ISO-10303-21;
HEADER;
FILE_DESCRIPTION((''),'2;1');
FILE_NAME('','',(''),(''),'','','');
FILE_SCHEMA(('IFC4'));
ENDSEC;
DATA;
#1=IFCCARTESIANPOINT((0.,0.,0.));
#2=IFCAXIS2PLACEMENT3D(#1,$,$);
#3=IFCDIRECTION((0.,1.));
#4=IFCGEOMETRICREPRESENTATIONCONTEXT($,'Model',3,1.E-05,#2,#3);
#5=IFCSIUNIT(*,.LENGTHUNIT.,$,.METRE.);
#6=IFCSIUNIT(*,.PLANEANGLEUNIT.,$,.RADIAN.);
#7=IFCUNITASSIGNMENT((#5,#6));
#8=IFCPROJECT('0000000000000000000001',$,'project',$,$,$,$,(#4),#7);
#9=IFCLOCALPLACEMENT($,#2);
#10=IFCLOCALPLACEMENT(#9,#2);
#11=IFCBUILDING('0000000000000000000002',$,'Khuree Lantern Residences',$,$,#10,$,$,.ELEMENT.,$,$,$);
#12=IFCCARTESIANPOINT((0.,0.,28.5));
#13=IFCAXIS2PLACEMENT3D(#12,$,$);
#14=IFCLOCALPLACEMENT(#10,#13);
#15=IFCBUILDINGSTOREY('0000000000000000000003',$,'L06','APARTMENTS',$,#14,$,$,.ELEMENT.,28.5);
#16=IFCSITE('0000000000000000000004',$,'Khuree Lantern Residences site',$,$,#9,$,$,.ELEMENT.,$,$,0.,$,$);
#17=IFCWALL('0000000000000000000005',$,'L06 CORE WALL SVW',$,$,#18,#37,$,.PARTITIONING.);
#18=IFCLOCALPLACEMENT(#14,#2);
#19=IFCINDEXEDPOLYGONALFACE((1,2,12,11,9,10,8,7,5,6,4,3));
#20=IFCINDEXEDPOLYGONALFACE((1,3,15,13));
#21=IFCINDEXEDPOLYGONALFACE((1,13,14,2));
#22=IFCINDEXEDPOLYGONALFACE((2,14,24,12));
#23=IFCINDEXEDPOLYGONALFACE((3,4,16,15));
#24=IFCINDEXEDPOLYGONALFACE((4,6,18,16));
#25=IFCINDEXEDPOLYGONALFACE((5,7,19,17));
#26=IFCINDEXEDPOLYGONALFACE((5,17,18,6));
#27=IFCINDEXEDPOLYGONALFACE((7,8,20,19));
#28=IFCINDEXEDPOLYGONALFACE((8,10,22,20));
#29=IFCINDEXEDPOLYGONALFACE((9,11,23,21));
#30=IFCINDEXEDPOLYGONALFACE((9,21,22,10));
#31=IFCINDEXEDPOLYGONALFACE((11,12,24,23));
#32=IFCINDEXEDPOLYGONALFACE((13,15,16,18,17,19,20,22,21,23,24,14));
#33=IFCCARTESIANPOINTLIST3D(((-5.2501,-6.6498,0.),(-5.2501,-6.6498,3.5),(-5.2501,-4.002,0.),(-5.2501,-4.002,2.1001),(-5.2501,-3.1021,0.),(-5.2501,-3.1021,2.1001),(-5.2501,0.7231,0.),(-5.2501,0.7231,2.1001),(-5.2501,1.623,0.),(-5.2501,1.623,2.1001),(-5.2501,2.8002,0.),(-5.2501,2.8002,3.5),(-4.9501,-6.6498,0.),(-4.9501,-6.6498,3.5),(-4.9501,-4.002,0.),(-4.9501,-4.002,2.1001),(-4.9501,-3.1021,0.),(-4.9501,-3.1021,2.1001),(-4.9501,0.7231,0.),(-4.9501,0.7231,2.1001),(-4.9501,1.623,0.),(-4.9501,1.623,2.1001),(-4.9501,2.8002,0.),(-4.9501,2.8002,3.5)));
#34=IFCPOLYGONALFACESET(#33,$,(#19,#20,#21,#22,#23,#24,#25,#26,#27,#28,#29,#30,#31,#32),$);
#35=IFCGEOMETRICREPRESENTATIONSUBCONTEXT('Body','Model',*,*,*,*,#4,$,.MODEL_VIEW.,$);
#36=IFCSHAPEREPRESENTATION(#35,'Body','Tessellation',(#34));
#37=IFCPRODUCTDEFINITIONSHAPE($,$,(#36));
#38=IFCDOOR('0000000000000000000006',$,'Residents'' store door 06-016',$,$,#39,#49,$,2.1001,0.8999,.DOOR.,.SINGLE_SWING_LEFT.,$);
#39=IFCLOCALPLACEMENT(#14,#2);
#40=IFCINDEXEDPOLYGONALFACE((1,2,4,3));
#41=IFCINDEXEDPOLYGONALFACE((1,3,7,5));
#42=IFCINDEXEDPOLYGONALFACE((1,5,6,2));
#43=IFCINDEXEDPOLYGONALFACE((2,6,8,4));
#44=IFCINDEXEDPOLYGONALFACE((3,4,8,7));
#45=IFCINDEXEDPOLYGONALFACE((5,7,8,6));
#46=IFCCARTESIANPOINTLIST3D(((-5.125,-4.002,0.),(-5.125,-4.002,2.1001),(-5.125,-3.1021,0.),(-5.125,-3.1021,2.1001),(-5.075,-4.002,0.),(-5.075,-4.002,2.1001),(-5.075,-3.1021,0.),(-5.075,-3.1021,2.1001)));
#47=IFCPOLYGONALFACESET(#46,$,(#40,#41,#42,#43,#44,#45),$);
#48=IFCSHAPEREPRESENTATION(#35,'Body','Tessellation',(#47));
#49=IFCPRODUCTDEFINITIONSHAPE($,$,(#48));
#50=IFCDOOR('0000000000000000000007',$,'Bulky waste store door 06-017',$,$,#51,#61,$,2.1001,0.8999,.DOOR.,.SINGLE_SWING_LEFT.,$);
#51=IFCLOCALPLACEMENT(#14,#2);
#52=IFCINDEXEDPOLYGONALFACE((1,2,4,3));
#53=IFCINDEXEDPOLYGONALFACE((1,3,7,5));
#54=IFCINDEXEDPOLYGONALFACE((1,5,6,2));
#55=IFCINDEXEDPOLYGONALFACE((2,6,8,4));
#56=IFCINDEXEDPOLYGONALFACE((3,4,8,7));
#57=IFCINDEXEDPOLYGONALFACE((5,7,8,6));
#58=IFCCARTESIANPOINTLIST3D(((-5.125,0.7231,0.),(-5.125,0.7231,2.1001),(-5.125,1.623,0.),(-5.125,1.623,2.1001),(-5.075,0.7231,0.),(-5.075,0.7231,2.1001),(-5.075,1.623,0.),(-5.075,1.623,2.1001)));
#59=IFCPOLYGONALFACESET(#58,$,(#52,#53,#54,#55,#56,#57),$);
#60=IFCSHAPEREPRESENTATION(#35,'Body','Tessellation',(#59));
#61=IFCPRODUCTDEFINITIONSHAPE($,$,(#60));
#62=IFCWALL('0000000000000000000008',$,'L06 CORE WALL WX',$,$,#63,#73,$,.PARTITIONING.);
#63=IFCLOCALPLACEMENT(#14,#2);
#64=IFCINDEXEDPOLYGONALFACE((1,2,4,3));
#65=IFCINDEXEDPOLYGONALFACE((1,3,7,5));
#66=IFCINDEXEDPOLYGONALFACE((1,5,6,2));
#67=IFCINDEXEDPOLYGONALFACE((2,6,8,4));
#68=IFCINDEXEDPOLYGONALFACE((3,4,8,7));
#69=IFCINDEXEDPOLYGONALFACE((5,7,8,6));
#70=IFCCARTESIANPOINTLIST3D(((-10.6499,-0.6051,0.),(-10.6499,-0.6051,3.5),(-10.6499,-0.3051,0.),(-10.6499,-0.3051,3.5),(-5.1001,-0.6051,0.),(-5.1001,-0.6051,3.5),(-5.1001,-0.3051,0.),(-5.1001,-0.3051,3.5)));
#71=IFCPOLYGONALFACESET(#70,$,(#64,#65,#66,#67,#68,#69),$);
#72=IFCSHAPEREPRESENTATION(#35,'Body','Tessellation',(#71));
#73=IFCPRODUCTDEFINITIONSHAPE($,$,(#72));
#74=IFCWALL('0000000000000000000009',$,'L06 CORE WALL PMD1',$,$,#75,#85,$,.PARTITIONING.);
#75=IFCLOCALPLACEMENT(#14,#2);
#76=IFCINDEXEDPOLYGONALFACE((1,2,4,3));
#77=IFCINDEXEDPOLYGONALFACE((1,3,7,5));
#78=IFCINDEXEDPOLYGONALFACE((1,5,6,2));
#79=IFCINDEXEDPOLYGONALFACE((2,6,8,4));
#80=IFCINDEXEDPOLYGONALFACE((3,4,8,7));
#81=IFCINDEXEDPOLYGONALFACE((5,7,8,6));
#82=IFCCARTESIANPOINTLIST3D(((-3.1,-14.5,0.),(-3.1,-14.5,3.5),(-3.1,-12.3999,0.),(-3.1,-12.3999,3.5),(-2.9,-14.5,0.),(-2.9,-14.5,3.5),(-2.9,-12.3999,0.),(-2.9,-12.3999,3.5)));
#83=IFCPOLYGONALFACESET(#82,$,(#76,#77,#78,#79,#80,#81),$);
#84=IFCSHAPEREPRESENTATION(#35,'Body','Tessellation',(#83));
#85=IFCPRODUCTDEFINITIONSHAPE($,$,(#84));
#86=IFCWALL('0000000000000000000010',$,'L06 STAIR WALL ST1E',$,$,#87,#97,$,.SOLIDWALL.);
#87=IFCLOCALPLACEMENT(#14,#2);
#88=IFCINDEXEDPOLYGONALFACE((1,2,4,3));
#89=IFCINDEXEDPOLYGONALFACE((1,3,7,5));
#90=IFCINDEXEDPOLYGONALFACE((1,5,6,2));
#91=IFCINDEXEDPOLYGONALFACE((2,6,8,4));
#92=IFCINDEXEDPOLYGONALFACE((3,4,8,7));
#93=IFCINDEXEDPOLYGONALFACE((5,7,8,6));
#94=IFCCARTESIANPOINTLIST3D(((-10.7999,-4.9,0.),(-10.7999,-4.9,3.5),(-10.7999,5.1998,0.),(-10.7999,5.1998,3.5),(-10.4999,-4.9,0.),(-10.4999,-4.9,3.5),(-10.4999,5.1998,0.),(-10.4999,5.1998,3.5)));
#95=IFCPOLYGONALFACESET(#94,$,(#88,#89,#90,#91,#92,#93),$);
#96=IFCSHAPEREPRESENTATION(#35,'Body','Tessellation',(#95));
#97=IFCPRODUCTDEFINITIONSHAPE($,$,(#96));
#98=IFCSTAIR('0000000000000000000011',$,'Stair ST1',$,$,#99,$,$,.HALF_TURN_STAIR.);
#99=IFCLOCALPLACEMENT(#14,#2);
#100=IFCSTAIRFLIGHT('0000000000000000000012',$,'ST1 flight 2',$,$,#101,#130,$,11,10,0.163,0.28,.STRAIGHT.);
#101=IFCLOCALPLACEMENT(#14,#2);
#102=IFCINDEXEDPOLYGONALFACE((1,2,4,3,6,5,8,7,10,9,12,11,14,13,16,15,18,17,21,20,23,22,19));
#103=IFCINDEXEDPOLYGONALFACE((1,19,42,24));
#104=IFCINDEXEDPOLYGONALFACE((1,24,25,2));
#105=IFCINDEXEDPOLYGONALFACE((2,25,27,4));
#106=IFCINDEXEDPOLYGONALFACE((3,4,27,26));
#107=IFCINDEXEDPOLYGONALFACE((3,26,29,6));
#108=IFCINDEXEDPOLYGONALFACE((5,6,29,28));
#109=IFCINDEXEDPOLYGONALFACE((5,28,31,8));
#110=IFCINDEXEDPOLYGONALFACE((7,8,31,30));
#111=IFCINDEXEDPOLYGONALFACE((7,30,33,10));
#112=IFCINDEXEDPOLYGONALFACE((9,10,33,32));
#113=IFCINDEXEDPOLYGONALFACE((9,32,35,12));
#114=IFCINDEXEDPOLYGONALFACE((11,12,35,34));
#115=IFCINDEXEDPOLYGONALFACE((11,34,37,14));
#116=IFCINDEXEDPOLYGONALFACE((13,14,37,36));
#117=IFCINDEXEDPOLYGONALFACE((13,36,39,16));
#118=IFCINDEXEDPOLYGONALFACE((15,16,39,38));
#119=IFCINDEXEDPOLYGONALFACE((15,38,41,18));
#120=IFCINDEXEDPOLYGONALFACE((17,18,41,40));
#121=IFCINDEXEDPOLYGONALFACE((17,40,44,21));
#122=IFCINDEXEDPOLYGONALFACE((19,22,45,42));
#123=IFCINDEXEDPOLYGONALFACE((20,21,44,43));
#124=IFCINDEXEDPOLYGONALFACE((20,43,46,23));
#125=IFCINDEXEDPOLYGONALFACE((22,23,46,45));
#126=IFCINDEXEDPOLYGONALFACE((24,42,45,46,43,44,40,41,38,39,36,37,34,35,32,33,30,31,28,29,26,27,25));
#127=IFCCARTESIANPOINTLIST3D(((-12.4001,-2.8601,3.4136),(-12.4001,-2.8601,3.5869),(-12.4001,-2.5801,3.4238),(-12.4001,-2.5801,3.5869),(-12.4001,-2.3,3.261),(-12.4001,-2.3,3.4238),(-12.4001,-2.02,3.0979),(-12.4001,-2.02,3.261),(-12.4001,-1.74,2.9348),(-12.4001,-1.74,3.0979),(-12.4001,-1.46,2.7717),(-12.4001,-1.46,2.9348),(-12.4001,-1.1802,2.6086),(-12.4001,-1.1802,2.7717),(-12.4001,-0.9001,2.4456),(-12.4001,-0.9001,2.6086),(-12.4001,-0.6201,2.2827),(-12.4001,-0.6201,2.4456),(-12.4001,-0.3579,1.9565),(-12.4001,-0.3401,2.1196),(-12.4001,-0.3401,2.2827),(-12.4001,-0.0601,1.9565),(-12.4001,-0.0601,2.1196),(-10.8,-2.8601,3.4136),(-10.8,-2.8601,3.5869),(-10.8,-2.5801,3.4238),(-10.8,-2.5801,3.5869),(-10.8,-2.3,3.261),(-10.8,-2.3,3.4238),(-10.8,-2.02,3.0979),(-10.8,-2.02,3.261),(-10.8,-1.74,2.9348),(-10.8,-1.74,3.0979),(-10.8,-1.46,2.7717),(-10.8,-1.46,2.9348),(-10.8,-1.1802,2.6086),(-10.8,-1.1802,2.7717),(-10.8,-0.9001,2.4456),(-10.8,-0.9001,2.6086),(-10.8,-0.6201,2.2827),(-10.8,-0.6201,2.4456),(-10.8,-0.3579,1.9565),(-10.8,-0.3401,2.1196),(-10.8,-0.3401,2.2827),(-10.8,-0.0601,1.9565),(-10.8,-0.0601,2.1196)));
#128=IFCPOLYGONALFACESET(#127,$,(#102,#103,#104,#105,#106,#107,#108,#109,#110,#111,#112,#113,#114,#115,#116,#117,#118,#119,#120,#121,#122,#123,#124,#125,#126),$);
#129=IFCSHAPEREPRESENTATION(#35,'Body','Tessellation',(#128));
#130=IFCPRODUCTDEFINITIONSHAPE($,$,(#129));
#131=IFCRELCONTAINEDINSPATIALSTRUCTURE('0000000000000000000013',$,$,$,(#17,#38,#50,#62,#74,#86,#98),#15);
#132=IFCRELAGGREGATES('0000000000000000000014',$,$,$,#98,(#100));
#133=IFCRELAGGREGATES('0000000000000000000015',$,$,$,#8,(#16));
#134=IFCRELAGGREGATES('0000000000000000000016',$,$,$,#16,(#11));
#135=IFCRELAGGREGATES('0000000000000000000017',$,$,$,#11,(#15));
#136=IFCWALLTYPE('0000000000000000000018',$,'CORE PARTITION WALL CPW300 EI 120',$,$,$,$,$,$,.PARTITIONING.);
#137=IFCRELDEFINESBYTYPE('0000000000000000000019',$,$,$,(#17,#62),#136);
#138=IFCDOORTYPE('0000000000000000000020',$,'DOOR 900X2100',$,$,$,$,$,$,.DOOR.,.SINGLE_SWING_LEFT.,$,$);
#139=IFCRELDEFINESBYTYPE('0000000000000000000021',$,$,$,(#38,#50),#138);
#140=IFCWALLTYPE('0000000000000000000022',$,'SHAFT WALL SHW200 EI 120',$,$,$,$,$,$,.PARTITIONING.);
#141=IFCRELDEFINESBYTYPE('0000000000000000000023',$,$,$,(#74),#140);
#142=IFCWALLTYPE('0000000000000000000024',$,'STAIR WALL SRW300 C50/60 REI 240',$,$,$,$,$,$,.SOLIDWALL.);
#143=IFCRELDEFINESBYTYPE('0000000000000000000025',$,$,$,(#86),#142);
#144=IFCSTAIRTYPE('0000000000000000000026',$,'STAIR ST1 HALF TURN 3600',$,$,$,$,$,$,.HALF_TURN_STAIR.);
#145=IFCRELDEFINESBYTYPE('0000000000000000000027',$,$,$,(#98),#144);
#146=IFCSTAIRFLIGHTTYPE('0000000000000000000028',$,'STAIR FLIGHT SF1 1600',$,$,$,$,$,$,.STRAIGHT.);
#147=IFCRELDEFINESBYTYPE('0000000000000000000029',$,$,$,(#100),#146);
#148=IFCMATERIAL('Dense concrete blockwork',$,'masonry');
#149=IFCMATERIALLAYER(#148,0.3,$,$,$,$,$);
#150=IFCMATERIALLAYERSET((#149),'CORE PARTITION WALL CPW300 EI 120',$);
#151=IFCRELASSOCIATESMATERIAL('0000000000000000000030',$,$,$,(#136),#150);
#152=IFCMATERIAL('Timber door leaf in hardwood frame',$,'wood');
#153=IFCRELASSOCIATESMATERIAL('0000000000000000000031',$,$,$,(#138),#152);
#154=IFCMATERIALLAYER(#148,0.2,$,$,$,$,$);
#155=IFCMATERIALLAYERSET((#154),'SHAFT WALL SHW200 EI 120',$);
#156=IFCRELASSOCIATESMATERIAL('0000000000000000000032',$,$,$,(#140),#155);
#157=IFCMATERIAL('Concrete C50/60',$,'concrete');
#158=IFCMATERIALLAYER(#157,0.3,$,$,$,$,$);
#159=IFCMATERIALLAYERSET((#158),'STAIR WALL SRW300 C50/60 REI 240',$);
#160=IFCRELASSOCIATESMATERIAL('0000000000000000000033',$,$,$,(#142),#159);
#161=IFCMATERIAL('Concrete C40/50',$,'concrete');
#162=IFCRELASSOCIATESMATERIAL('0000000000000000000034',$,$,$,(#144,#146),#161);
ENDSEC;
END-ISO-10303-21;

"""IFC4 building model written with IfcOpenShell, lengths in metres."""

from ifc_helpers import new_model, si_unit, direction, frame, frame_2d, origin, place, context, subcontext, project, spatial, polyline, rectangle, outline, extrude, material, layer, layer_set, type_object, element, fill, aggregate, save


model = new_model("IFC4")

# Units and contexts
model_context = context("Model", 3, precision=1e-05, world=origin(), true_north=direction((0.0, 1.0)))
body_context = subcontext(model_context, "Body", "Model", "MODEL_VIEW")
ifc_project = project(units=[si_unit("LENGTHUNIT", "METRE"), si_unit("PLANEANGLEUNIT", "RADIAN")], contexts=[model_context])

# Site, building, storey
site_placement = place(None, origin())
site = spatial("IfcSite", under=ifc_project, at=site_placement, Name="Khuree Lantern Residences site", CompositionType="ELEMENT", RefElevation=0.0)
building_placement = place(site_placement, origin())
building = spatial("IfcBuilding", under=site, at=building_placement, Name="Khuree Lantern Residences", CompositionType="ELEMENT")
storey_placement = place(building_placement, frame((0.0, 0.0, 28.5)))
storey = spatial("IfcBuildingStorey", under=building, at=storey_placement, Name="L06", Description="APARTMENTS", CompositionType="ELEMENT", Elevation=28.5)

# Shared definitions
ifc_material_1 = material(Name="Dense concrete blockwork", Category="masonry")
ifc_layer_1 = layer(ifc_material_1, 0.3)
ifc_layer_set_1 = layer_set([ifc_layer_1], Name="CORE PARTITION WALL CPW300 EI 120")
wall_type_1 = type_object("IfcWallType", Name="CORE PARTITION WALL CPW300 EI 120", PredefinedType="PARTITIONING", material=ifc_layer_set_1)

# Wall, openings, doors
wall_1_placement = place(storey_placement, frame((-5.1001, -6.6499, 0.0), z_axis=(0.0, 0.0, 1.0), x_axis=(0.0, 1.0, 0.0)))
wall_1 = element("IfcWall", 1, at=wall_1_placement, inside=storey, type_object=wall_type_1, Name="L06 CORE WALL SVW", PredefinedType="PARTITIONING", context=body_context, shape_type="SweptSolid", body=[
    extrude(rectangle(XDim=9.45, YDim=0.3, at=frame_2d((4.7251, 0.0))), origin(), (0.0, 0.0, 1.0), 3.5),
])
opening_1_placement = place(wall_1_placement, frame((2.6479, 0.0, 0.0)))
opening_1 = element("IfcOpeningElement", 2, at=opening_1_placement, cuts=wall_1, PredefinedType="OPENING", context=body_context, shape_type="SweptSolid", body=[
    extrude(rectangle(XDim=0.8999, YDim=2.1001, at=frame_2d((0.45, 1.05))), frame((0.0, 0.1602, 0.0), z_axis=(0.0, -1.0, 0.0), x_axis=(1.0, 0.0, 0.0)), (0.0, 0.0, 1.0), 0.3201),
])
opening_2_placement = place(wall_1_placement, frame((7.373, 0.0, 0.0)))
opening_2 = element("IfcOpeningElement", 3, at=opening_2_placement, cuts=wall_1, PredefinedType="OPENING", context=body_context, shape_type="SweptSolid", body=[
    extrude(rectangle(XDim=0.8999, YDim=2.1001, at=frame_2d((0.45, 1.05))), frame((0.0, 0.1602, 0.0), z_axis=(0.0, -1.0, 0.0), x_axis=(1.0, 0.0, 0.0)), (0.0, 0.0, 1.0), 0.3201),
])
ifc_material_2 = material(Name="Timber door leaf in hardwood frame", Category="wood")
door_type_1 = type_object("IfcDoorType", Name="DOOR 900X2100", OperationType="SINGLE_SWING_LEFT", PredefinedType="DOOR", material=ifc_material_2)
door_1_placement = place(opening_1_placement, origin())
door_1 = element("IfcDoor", 4, at=door_1_placement, inside=storey, type_object=door_type_1, Name="Residents' store door 06-016", OperationType="SINGLE_SWING_LEFT", OverallHeight=2.1001, OverallWidth=0.8999, PredefinedType="DOOR", context=body_context, shape_type="SweptSolid", body=[
    extrude(rectangle(XDim=0.8999, YDim=2.1001, at=frame_2d((0.45, 1.05))), frame((0.0, 0.0249, 0.0), z_axis=(0.0, -1.0, 0.0), x_axis=(1.0, 0.0, 0.0)), (0.0, 0.0, 1.0), 0.05),
])
fill(opening_1, door_1)
door_2_placement = place(opening_2_placement, origin())
door_2 = element("IfcDoor", 5, at=door_2_placement, inside=storey, type_object=door_type_1, Name="Bulky waste store door 06-017", OperationType="SINGLE_SWING_LEFT", OverallHeight=2.1001, OverallWidth=0.8999, PredefinedType="DOOR", context=body_context, shape_type="SweptSolid", body=[
    extrude(rectangle(XDim=0.8999, YDim=2.1001, at=frame_2d((0.45, 1.05))), frame((0.0, 0.0249, 0.0), z_axis=(0.0, -1.0, 0.0), x_axis=(1.0, 0.0, 0.0)), (0.0, 0.0, 1.0), 0.05),
])
fill(opening_2, door_2)

# Walls
wall_2_placement = place(storey_placement, frame((-10.6499, -0.4551, 0.0), z_axis=(0.0, 0.0, 1.0), x_axis=(1.0, 0.0, 0.0)))
element("IfcWall", 6, at=wall_2_placement, inside=storey, type_object=wall_type_1, Name="L06 CORE WALL WX", PredefinedType="PARTITIONING", context=body_context, shape_type="SweptSolid", body=[
    extrude(rectangle(XDim=5.5498, YDim=0.3, at=frame_2d((2.7749, 0.0))), origin(), (0.0, 0.0, 1.0), 3.5),
])
ifc_layer_2 = layer(ifc_material_1, 0.2)
ifc_layer_set_2 = layer_set([ifc_layer_2], Name="SHAFT WALL SHW200 EI 120")
wall_type_2 = type_object("IfcWallType", Name="SHAFT WALL SHW200 EI 120", PredefinedType="PARTITIONING", material=ifc_layer_set_2)
wall_3_placement = place(storey_placement, frame((-3.0, -14.5, 0.0), z_axis=(0.0, 0.0, 1.0), x_axis=(0.0, 1.0, 0.0)))
element("IfcWall", 7, at=wall_3_placement, inside=storey, type_object=wall_type_2, Name="L06 CORE WALL PMD1", PredefinedType="PARTITIONING", context=body_context, shape_type="SweptSolid", body=[
    extrude(rectangle(XDim=2.1001, YDim=0.2, at=frame_2d((1.05, 0.0))), origin(), (0.0, 0.0, 1.0), 3.5),
])
ifc_material_3 = material(Name="Concrete C50/60", Category="concrete")
ifc_layer_3 = layer(ifc_material_3, 0.3)
ifc_layer_set_3 = layer_set([ifc_layer_3], Name="STAIR WALL SRW300 C50/60 REI 240")
wall_type_3 = type_object("IfcWallType", Name="STAIR WALL SRW300 C50/60 REI 240", PredefinedType="SOLIDWALL", material=ifc_layer_set_3)
wall_4_placement = place(storey_placement, frame((-10.6499, -4.8999, 0.0), z_axis=(0.0, 0.0, 1.0), x_axis=(0.0, 1.0, 0.0)))
element("IfcWall", 8, at=wall_4_placement, inside=storey, type_object=wall_type_3, Name="L06 STAIR WALL ST1E", PredefinedType="SOLIDWALL", context=body_context, shape_type="SweptSolid", body=[
    extrude(rectangle(XDim=10.0999, YDim=0.3, at=frame_2d((5.0498, 0.0))), origin(), (0.0, 0.0, 1.0), 3.5),
])

# Stair, stair flight
ifc_material_4 = material(Name="Concrete C40/50", Category="concrete")
stair_type = type_object("IfcStairType", Name="STAIR ST1 HALF TURN 3600", PredefinedType="HALF_TURN_STAIR", material=ifc_material_4)
stair_placement = place(storey_placement, origin())
stair = element("IfcStair", 9, at=stair_placement, inside=storey, type_object=stair_type, Name="Stair ST1", PredefinedType="HALF_TURN_STAIR")
stair_flight_type = type_object("IfcStairFlightType", Name="STAIR FLIGHT SF1 1600", PredefinedType="STRAIGHT", material=ifc_material_4)
stair_flight_placement = place(storey_placement, frame((-11.6001, -0.0601, 1.9565), z_axis=(0.0, 0.0, 1.0), x_axis=(0.0, -1.0, 0.0)))
stair_flight = element("IfcStairFlight", 10, at=stair_flight_placement, type_object=stair_flight_type, Name="ST1 flight 2", NumberOfRisers=11, NumberOfTreads=10, PredefinedType="STRAIGHT", RiserHeight=0.163, TreadLength=0.28, context=body_context, shape_type="SweptSolid", body=[
    extrude(outline(polyline([(0.0, 0.0), (0.0, 0.1631), (0.28, 0.1631), (0.28, 0.3262), (0.5601, 0.3262), (0.5601, 0.489), (0.8401, 0.489), (0.8401, 0.6521), (1.1201, 0.6521), (1.1201, 0.8152), (1.3999, 0.8152), (1.3999, 0.9783), (1.6799, 0.9783), (1.6799, 1.1414), (1.96, 1.1414), (1.96, 1.3044), (2.24, 1.3044), (2.24, 1.4673), (2.52, 1.4673), (2.52, 1.6304), (2.8, 1.6304), (2.8, 1.7935), (2.8, 1.457), (0.2979, 0.0), (0.0, 0.0)])), frame((0.0, 0.8, 0.0), z_axis=(0.0, -1.0, 0.0), x_axis=(1.0, 0.0, 0.0)), (0.0, 0.0, 1.0), 1.6001),
])
aggregate(stair, [stair_flight])

save(model, "model.ifc")
